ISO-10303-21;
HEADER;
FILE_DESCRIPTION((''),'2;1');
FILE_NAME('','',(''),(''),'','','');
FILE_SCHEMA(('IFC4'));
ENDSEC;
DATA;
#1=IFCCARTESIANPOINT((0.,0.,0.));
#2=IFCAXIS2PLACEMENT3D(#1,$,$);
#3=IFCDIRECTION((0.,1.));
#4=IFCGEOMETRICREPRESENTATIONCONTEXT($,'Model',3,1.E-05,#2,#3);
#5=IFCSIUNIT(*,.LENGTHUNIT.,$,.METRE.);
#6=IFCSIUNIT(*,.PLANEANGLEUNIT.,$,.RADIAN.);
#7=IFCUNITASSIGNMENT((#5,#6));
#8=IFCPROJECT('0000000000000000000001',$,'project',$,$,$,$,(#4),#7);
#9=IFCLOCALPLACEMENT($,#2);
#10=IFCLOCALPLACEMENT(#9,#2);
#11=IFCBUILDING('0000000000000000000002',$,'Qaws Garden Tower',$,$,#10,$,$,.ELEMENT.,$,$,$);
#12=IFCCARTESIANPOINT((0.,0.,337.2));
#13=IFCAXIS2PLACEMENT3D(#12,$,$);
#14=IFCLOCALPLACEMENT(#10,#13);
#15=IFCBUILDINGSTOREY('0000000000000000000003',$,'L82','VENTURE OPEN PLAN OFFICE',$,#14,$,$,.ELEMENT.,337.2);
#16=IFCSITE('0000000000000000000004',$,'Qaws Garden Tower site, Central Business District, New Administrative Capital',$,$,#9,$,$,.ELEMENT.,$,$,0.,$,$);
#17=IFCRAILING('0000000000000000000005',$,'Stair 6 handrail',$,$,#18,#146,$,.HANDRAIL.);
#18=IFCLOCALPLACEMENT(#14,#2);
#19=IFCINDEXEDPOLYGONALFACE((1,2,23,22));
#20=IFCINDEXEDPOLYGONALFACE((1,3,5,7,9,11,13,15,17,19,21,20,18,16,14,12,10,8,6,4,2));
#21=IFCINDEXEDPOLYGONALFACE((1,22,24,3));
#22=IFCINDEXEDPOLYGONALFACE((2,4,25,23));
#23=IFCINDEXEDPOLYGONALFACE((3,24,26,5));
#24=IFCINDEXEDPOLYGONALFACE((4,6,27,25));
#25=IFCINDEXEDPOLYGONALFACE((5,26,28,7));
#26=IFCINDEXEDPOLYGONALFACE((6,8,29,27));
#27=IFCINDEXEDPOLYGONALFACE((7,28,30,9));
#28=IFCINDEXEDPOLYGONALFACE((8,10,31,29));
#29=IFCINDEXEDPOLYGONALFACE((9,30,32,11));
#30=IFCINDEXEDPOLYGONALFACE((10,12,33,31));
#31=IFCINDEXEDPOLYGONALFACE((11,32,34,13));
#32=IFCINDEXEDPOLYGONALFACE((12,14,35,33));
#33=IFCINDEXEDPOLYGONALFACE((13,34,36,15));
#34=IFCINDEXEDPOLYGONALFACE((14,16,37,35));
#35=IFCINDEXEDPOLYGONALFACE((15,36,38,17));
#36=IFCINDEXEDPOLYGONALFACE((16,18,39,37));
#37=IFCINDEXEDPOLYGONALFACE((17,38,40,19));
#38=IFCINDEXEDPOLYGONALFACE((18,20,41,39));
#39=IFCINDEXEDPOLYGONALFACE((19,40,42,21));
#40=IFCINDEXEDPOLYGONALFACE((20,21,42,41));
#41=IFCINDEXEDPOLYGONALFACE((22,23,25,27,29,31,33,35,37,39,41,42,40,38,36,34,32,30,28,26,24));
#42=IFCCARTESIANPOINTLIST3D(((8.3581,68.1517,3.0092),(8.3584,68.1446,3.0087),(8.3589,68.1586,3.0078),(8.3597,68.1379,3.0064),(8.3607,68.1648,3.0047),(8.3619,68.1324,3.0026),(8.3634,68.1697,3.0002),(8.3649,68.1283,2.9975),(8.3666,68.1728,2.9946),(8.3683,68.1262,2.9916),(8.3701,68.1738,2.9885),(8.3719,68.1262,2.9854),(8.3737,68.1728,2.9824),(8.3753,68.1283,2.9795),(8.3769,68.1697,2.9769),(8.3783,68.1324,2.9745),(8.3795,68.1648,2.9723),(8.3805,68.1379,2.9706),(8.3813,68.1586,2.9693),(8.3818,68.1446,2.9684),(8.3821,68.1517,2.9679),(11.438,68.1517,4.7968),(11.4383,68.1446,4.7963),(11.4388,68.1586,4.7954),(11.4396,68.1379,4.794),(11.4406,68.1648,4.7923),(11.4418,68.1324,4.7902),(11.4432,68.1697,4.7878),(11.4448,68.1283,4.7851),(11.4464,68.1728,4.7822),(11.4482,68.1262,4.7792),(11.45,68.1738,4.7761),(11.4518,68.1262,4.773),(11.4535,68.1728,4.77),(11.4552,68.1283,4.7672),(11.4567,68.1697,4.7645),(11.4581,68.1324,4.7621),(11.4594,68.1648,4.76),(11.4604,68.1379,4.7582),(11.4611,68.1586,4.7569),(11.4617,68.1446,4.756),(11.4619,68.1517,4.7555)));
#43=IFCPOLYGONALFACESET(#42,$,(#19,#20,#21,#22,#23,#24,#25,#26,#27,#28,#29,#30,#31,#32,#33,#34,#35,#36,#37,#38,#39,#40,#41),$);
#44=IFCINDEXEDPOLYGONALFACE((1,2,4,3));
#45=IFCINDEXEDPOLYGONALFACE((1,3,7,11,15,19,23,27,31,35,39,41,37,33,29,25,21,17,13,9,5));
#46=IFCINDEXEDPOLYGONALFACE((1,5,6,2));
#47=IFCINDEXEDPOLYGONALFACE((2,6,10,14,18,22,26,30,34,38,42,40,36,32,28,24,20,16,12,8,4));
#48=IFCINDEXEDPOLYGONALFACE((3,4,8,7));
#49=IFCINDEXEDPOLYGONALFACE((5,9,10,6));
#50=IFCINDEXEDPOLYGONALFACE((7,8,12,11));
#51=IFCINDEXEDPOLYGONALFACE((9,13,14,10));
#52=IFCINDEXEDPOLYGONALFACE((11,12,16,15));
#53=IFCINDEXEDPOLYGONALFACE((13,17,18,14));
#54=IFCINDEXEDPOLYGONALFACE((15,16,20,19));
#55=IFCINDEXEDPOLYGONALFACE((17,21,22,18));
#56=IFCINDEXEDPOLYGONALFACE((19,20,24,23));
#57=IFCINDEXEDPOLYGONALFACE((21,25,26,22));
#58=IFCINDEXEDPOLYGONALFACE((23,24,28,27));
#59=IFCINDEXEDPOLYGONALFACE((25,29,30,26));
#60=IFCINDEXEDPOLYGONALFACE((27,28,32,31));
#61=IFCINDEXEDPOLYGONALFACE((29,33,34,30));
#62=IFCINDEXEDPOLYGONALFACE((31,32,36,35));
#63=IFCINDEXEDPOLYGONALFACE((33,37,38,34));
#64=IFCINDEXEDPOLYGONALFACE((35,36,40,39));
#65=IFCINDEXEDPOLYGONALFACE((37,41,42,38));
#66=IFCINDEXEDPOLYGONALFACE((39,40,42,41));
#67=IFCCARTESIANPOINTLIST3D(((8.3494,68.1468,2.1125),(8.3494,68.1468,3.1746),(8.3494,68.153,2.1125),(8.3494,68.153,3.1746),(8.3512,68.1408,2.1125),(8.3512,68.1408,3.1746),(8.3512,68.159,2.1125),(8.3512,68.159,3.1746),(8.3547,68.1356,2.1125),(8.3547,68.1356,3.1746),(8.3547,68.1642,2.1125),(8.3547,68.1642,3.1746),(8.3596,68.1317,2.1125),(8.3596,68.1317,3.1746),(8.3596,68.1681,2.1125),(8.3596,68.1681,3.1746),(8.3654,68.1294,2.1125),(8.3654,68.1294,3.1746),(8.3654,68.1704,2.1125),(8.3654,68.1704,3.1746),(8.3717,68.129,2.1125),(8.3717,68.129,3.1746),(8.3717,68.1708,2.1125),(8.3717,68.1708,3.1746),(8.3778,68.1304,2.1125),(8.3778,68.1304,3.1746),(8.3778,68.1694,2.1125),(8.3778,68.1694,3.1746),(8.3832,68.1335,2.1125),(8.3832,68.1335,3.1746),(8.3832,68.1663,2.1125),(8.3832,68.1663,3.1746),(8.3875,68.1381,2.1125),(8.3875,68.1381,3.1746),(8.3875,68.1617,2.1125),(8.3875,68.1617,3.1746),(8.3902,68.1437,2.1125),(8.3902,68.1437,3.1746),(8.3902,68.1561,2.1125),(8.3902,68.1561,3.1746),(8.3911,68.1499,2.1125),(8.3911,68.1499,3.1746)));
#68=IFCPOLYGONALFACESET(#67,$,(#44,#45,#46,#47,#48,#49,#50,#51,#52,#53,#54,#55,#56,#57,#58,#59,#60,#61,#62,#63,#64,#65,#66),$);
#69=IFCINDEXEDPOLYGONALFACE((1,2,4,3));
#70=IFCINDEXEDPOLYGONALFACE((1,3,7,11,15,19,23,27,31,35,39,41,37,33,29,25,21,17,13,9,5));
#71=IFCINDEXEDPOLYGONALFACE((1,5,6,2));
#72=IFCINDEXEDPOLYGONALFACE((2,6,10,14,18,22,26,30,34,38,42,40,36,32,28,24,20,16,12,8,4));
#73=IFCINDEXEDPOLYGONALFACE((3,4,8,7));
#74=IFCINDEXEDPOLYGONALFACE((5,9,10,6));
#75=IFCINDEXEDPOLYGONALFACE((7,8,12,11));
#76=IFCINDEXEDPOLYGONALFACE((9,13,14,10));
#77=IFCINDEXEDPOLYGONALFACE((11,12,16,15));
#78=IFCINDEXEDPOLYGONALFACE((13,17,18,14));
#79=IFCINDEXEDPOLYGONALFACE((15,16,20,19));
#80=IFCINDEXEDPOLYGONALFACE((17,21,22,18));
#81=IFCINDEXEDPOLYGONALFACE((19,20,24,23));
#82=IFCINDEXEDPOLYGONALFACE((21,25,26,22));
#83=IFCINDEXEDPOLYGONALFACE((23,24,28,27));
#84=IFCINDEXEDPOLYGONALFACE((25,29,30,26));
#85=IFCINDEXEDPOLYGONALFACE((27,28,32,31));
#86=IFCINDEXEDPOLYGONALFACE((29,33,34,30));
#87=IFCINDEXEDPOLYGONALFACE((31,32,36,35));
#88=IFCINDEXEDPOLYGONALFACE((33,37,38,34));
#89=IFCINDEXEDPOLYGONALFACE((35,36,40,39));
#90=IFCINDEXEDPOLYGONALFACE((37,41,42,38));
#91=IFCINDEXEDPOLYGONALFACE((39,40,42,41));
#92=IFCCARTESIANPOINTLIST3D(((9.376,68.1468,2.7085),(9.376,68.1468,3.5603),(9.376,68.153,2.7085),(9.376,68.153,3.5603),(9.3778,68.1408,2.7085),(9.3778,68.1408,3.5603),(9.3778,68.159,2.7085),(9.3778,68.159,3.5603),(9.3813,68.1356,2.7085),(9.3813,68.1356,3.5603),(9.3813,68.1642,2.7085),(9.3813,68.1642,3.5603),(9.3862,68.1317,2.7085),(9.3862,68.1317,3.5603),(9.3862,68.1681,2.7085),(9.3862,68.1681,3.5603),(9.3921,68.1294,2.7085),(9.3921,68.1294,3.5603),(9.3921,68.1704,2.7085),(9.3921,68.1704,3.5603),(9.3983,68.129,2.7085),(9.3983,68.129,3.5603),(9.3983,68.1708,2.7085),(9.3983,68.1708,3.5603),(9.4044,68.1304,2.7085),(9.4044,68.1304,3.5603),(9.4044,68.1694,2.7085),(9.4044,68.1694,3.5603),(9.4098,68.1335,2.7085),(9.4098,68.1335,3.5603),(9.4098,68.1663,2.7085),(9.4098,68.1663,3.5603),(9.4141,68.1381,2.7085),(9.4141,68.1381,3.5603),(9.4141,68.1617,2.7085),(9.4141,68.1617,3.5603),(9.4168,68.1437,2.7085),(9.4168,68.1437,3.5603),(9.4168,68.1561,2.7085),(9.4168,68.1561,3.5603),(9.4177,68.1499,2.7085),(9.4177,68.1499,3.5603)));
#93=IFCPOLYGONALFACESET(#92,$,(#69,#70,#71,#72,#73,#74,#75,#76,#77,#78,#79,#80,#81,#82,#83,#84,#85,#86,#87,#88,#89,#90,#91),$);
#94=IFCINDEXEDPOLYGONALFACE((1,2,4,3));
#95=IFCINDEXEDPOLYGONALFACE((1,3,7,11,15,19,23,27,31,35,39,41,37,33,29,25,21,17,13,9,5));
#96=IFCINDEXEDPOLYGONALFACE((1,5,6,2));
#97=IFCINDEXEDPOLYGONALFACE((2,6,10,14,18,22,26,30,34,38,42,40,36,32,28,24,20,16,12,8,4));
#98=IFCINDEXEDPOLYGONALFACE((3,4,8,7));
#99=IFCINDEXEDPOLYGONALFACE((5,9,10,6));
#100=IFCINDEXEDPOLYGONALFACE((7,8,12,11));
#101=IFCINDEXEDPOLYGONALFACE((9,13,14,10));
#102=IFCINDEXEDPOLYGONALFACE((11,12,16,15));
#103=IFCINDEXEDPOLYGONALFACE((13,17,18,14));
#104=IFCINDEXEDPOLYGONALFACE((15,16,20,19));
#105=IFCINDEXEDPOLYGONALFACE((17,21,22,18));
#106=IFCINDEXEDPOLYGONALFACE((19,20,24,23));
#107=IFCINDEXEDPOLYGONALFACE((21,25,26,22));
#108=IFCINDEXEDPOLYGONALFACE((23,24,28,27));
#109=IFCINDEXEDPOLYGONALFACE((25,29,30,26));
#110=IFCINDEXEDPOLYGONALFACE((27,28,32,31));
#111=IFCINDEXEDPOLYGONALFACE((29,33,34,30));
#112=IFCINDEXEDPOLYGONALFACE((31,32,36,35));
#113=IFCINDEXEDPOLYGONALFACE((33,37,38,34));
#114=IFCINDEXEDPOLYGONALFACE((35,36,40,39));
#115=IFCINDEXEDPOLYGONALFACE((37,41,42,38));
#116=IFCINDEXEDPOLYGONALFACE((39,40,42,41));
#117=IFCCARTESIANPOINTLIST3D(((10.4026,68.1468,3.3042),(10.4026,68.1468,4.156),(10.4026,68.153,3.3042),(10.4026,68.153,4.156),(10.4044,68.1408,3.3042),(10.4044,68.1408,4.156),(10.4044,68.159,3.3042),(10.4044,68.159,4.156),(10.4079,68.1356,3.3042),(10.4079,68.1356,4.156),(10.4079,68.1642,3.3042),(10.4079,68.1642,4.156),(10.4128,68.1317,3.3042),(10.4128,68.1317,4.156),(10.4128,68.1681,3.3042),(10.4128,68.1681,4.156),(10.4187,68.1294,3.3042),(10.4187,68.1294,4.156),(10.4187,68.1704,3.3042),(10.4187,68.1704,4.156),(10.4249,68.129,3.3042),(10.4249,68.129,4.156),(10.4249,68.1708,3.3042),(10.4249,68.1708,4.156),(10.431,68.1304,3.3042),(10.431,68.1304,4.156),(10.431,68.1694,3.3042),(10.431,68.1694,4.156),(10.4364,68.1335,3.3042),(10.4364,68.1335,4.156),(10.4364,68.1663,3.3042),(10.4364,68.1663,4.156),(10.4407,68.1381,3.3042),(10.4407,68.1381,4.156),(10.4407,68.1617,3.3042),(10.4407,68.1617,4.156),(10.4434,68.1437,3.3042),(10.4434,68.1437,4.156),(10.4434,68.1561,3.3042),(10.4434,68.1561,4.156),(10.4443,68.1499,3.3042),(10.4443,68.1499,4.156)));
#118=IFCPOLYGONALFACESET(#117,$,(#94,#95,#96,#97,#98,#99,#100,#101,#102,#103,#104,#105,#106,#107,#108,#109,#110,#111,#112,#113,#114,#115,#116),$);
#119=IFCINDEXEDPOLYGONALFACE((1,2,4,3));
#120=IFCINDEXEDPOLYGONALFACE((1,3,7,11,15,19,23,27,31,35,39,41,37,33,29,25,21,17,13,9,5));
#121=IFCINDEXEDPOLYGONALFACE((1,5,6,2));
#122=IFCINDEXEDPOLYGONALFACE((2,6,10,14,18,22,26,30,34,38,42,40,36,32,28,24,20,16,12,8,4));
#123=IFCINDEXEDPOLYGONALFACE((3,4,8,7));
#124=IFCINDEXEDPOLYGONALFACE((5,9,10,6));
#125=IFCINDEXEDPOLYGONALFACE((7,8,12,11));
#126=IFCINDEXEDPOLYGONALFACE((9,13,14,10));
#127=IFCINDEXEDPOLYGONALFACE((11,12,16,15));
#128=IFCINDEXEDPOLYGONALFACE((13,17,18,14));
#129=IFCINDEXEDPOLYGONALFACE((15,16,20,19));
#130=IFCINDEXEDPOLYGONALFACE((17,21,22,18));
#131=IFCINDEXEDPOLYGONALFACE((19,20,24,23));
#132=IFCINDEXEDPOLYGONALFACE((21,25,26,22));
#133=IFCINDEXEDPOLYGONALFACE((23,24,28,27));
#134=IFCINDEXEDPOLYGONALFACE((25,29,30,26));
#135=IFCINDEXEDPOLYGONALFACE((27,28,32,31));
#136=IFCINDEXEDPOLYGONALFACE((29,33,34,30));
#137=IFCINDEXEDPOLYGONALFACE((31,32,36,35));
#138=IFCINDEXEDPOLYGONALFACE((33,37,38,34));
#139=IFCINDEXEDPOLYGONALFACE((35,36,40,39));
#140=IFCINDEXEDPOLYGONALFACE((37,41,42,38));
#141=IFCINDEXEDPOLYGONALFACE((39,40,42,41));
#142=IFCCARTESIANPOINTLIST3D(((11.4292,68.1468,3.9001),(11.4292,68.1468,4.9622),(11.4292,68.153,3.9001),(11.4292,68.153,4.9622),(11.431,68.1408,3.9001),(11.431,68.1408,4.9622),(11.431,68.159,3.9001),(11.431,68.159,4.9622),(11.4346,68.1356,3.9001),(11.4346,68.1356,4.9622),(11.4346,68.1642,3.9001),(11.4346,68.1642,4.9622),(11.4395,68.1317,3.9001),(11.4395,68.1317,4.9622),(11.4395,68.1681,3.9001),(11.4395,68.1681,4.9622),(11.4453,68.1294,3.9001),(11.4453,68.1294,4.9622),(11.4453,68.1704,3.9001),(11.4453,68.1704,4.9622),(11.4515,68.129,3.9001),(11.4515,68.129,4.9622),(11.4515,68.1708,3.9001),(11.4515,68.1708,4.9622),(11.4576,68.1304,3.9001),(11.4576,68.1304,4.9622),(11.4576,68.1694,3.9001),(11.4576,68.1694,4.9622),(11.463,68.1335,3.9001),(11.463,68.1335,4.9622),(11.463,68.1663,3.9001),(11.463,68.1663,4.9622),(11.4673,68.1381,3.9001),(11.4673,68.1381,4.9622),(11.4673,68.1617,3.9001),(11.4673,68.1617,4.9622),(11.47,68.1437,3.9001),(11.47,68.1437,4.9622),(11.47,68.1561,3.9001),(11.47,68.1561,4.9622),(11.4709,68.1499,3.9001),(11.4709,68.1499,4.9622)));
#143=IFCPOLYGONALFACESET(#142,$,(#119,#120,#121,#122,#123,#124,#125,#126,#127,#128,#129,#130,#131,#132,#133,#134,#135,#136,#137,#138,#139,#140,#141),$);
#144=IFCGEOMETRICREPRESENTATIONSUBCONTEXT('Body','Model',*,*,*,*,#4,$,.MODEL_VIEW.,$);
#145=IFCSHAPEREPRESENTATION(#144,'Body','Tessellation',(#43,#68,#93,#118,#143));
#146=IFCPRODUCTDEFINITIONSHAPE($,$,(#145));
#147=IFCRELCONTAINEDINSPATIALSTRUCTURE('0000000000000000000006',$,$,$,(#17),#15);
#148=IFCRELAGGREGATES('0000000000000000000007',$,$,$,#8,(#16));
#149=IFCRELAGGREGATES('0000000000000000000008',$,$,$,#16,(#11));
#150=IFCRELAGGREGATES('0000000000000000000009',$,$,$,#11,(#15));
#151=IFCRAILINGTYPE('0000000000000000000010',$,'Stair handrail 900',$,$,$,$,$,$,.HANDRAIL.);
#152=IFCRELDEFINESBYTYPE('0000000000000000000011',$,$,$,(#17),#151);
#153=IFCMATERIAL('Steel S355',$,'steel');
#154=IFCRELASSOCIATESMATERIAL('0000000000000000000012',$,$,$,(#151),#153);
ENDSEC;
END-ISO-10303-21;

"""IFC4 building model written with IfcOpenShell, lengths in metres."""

from ifc_helpers import new_model, si_unit, direction, frame, origin, origin_2d, place, context, subcontext, project, spatial, circle, extrude, material, type_object, element, save


model = new_model("IFC4")

# Units and contexts
model_context = context("Model", 3, precision=1e-05, world=origin(), true_north=direction((0.0, 1.0)))
body_context = subcontext(model_context, "Body", "Model", "MODEL_VIEW")
ifc_project = project(units=[si_unit("LENGTHUNIT", "METRE"), si_unit("PLANEANGLEUNIT", "RADIAN")], contexts=[model_context])

# Site, building, storey
site_placement = place(None, origin())
site = spatial("IfcSite", under=ifc_project, at=site_placement, Name="Qaws Garden Tower site, Central Business District, New Administrative Capital", CompositionType="ELEMENT", RefElevation=0.0)
building_placement = place(site_placement, origin())
building = spatial("IfcBuilding", under=site, at=building_placement, Name="Qaws Garden Tower", CompositionType="ELEMENT")
storey_placement = place(building_placement, frame((0.0, 0.0, 337.2)))
storey = spatial("IfcBuildingStorey", under=building, at=storey_placement, Name="L82", Description="VENTURE OPEN PLAN OFFICE", CompositionType="ELEMENT", Elevation=337.2)

# Railing
ifc_material_1 = material(Name="Steel S355", Category="steel")
railing_type = type_object("IfcRailingType", Name="Stair handrail 900", PredefinedType="HANDRAIL", material=ifc_material_1)
railing_1_placement = place(storey_placement, frame((8.3701, 68.1499, 2.1125)))
element("IfcRailing", 1, at=railing_1_placement, inside=storey, type_object=railing_type, Name="Stair 6 handrail", PredefinedType="HANDRAIL", context=body_context, shape_type="SweptSolid", body=[
    extrude(circle(Radius=0.0239, at=origin_2d()), frame((0.0, 0.0, 0.876), z_axis=(0.864873, 0.0, 0.50199), x_axis=(0.0, 1.0, 0.0)), (0.0, 0.0, 1.0), 3.561),
    extrude(circle(Radius=0.021, at=origin_2d()), origin(), (0.0, 0.0, 1.0), 1.062),
    extrude(circle(Radius=0.021, at=origin_2d()), frame((1.0266, 0.0, 0.5959)), (0.0, 0.0, 1.0), 0.8518),
    extrude(circle(Radius=0.021, at=origin_2d()), frame((2.0532, 0.0, 1.1917)), (0.0, 0.0, 1.0), 0.8518),
    extrude(circle(Radius=0.021, at=origin_2d()), frame((3.0798, 0.0, 1.7876)), (0.0, 0.0, 1.0), 1.062),
])

save(model, "model.ifc")
